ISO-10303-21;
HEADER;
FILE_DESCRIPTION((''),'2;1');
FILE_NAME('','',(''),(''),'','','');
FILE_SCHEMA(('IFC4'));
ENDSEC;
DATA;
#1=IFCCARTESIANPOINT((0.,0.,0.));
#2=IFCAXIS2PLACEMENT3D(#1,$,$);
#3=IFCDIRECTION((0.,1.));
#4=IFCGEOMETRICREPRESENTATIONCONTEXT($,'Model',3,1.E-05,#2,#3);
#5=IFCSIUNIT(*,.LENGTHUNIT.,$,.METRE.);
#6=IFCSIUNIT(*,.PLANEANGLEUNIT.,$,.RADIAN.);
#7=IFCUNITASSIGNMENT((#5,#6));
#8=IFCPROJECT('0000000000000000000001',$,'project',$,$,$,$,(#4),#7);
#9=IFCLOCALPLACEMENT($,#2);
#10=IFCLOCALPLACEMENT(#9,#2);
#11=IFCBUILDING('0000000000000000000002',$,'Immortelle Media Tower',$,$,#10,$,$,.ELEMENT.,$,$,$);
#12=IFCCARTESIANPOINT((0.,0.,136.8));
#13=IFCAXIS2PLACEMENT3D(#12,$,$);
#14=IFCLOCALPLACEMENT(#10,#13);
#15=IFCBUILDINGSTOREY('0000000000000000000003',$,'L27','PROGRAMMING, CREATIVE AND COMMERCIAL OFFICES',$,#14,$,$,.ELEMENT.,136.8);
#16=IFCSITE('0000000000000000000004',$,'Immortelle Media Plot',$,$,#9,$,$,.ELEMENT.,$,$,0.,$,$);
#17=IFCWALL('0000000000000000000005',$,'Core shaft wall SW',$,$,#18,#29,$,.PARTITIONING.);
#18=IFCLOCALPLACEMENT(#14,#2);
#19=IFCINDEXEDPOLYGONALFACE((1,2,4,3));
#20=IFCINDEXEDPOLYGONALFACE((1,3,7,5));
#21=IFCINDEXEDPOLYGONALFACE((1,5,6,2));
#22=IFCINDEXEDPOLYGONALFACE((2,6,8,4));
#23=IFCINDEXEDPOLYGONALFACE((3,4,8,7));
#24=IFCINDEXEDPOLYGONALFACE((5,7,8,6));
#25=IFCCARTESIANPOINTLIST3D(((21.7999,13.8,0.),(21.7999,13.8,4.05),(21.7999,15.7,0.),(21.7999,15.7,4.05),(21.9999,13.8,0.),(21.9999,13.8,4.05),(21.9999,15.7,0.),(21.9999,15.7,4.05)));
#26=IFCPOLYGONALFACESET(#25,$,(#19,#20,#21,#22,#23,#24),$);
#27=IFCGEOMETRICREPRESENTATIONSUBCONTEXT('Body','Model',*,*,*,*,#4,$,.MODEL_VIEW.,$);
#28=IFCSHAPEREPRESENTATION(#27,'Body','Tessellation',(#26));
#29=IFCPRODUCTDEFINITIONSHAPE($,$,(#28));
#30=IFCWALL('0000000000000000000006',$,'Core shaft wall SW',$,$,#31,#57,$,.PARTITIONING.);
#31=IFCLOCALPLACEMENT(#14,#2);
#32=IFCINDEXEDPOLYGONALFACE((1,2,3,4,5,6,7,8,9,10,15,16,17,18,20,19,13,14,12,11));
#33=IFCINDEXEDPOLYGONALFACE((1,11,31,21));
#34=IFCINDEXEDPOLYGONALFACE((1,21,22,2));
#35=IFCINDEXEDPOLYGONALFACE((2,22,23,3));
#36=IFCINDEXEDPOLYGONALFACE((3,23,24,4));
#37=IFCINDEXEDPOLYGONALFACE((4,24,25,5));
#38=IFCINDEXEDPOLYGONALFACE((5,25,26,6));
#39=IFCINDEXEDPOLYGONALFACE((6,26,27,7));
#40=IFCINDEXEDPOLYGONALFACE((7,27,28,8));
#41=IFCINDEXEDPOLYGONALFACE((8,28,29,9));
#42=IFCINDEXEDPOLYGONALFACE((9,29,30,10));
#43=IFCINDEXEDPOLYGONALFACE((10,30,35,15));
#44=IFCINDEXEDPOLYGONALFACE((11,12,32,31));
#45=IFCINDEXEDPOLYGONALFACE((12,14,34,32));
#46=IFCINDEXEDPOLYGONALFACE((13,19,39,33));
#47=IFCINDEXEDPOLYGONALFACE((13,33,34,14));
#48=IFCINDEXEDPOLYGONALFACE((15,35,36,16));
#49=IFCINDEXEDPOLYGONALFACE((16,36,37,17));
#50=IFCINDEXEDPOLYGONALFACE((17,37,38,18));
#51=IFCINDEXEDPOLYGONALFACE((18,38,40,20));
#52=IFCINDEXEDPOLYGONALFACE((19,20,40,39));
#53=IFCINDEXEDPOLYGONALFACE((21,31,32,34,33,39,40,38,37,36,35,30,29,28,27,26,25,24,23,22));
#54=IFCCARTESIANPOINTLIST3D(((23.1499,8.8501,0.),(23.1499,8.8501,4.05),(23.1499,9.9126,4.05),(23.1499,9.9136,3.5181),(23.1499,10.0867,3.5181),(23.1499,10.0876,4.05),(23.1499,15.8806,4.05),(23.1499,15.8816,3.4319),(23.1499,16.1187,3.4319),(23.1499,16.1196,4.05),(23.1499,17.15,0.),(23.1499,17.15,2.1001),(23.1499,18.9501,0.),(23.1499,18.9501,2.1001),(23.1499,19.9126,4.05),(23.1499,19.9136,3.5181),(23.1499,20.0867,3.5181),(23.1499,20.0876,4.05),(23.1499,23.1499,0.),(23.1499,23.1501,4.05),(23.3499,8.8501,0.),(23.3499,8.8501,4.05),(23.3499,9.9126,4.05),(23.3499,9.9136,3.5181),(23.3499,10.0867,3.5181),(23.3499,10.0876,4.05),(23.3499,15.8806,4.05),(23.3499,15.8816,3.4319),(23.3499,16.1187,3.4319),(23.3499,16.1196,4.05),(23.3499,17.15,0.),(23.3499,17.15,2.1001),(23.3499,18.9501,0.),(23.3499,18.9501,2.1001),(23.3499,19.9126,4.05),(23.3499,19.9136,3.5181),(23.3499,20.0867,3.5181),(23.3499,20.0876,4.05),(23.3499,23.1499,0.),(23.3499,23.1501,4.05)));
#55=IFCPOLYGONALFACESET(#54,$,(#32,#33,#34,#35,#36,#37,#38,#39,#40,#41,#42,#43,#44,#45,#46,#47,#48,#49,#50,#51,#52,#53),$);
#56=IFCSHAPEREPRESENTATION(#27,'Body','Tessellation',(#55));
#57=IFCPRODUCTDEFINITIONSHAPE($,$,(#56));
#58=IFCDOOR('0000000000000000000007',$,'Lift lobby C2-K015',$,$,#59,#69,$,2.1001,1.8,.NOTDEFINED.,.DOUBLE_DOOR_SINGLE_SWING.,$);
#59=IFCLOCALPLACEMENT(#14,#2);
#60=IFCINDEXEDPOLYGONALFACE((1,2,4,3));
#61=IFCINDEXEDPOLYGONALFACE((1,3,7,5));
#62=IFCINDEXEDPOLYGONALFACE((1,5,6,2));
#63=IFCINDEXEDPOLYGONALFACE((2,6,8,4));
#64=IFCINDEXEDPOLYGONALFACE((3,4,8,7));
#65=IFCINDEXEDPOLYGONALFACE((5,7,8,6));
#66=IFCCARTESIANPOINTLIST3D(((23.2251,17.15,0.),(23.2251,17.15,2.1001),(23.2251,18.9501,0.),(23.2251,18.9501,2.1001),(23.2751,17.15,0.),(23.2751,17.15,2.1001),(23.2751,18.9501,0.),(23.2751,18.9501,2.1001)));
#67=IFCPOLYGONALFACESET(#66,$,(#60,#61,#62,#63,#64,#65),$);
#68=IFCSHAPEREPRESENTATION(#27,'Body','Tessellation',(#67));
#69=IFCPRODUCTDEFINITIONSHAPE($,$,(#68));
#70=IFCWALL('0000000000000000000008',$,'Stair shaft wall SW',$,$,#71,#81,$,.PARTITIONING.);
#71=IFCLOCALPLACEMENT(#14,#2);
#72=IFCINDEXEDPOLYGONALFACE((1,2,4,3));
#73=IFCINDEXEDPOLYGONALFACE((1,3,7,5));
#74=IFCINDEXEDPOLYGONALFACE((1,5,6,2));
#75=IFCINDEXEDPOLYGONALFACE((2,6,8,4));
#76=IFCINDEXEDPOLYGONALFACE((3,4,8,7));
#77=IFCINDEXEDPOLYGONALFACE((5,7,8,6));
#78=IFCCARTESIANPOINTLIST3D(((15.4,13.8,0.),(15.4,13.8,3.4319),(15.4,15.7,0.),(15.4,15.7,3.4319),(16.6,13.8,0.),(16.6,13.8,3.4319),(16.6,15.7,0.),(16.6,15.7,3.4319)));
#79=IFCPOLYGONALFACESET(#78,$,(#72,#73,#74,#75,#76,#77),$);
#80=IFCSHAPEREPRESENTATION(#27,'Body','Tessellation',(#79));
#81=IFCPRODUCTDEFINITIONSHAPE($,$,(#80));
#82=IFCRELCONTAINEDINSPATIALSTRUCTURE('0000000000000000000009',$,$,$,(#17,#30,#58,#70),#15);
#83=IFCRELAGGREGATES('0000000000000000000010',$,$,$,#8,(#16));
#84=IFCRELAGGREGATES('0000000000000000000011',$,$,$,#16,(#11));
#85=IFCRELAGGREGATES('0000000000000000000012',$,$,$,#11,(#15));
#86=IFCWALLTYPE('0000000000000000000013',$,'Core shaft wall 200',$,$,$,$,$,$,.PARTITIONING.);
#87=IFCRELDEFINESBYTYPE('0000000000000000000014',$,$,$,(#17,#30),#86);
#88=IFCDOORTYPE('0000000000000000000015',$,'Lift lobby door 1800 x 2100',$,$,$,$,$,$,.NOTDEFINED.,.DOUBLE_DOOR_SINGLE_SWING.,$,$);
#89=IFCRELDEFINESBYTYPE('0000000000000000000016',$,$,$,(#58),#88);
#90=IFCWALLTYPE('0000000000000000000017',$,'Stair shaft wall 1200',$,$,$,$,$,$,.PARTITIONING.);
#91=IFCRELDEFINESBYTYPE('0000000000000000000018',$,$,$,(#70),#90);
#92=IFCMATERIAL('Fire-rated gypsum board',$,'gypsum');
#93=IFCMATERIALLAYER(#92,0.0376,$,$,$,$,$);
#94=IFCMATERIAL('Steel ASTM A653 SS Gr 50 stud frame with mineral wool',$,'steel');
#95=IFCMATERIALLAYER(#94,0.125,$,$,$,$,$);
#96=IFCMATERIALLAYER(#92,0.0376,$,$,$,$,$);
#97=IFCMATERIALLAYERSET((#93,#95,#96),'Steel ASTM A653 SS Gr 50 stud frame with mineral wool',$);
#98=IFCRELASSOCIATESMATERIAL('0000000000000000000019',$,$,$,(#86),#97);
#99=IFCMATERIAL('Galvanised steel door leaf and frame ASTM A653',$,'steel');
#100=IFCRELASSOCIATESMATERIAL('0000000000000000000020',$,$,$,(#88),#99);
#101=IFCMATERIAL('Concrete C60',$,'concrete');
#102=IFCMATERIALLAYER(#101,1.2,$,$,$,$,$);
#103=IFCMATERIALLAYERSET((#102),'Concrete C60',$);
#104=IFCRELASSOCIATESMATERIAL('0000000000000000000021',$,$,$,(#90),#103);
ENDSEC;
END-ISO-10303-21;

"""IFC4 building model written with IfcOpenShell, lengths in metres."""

from ifc_helpers import new_model, si_unit, direction, frame, frame_2d, origin, place, context, subcontext, project, spatial, polyline, rectangle, outline, extrude, material, layer, layer_set, type_object, element, fill, save


model = new_model("IFC4")

# Units and contexts
model_context = context("Model", 3, precision=1e-05, world=origin(), true_north=direction((0.0, 1.0)))
body_context = subcontext(model_context, "Body", "Model", "MODEL_VIEW")
ifc_project = project(units=[si_unit("LENGTHUNIT", "METRE"), si_unit("PLANEANGLEUNIT", "RADIAN")], contexts=[model_context])

# Site, building, storey
site_placement = place(None, origin())
site = spatial("IfcSite", under=ifc_project, at=site_placement, Name="Immortelle Media Plot", CompositionType="ELEMENT", RefElevation=0.0)
building_placement = place(site_placement, origin())
building = spatial("IfcBuilding", under=site, at=building_placement, Name="Immortelle Media Tower", CompositionType="ELEMENT")
storey_placement = place(building_placement, frame((0.0, 0.0, 136.8)))
storey = spatial("IfcBuildingStorey", under=building, at=storey_placement, Name="L27", Description="PROGRAMMING, CREATIVE AND COMMERCIAL OFFICES", CompositionType="ELEMENT", Elevation=136.8)

# Shared definitions
ifc_material_1 = material(Name="Galvanised steel door leaf and frame ASTM A653", Category="steel")

# Wall
ifc_material_2 = material(Name="Fire-rated gypsum board", Category="gypsum")
ifc_layer_1 = layer(ifc_material_2, 0.0376)
ifc_material_3 = material(Name="Steel ASTM A653 SS Gr 50 stud frame with mineral wool", Category="steel")
ifc_layer_2 = layer(ifc_material_3, 0.125)
ifc_layer_3 = layer(ifc_material_2, 0.0376)
ifc_layer_set_1 = layer_set([ifc_layer_1, ifc_layer_2, ifc_layer_3], Name="Steel ASTM A653 SS Gr 50 stud frame with mineral wool")
wall_type_1 = type_object("IfcWallType", Name="Core shaft wall 200", PredefinedType="PARTITIONING", material=ifc_layer_set_1)
wall_1_placement = place(storey_placement, frame((21.8999, 13.8, 0.0), z_axis=(0.0, 0.0, 1.0), x_axis=(0.0, 1.0, 0.0)))
element("IfcWall", 1, at=wall_1_placement, inside=storey, type_object=wall_type_1, Name="Core shaft wall SW", PredefinedType="PARTITIONING", context=body_context, shape_type="SweptSolid", body=[
    extrude(rectangle(XDim=1.8999, YDim=0.2, at=frame_2d((0.95, 0.0))), origin(), (0.0, 0.0, 1.0), 4.05),
])

# Wall, opening, door
wall_2_placement = place(storey_placement, frame((23.25, 8.8501, 0.0), z_axis=(0.0, 0.0, 1.0), x_axis=(0.0, 1.0, 0.0)))
wall_2 = element("IfcWall", 2, at=wall_2_placement, inside=storey, type_object=wall_type_1, Name="Core shaft wall SW", PredefinedType="PARTITIONING", context=body_context, shape_type="SweptSolid", body=[
    extrude(outline(polyline([(0.0, 0.0), (14.2998, 0.0), (14.3, 4.05), (11.2375, 4.05), (11.2366, 3.5181), (11.0635, 3.5181), (11.0625, 4.05), (7.2695, 4.05), (7.2686, 3.4319), (7.0315, 3.4319), (7.0305, 4.05), (1.2375, 4.05), (1.2366, 3.5181), (1.0635, 3.5181), (1.0625, 4.05), (0.0, 4.05), (0.0, 0.0)])), frame((0.0, 0.1001, 0.0), z_axis=(0.0, -1.0, 0.0), x_axis=(1.0, 0.0, 0.0)), (0.0, 0.0, 1.0), 0.2),
])
opening_1_placement = place(wall_2_placement, frame((8.3, 0.0, 0.0)))
opening_1 = element("IfcOpeningElement", 3, at=opening_1_placement, cuts=wall_2, PredefinedType="OPENING", context=body_context, shape_type="SweptSolid", body=[
    extrude(rectangle(XDim=1.8, YDim=2.1001, at=frame_2d((0.8999, 1.05))), frame((0.0, 0.1099, 0.0), z_axis=(0.0, -1.0, 0.0), x_axis=(1.0, 0.0, 0.0)), (0.0, 0.0, 1.0), 0.22),
])
door_type_1 = type_object("IfcDoorType", Name="Lift lobby door 1800 x 2100", OperationType="DOUBLE_DOOR_SINGLE_SWING", PredefinedType="NOTDEFINED", material=ifc_material_1)
door_1_placement = place(opening_1_placement, origin())
door_1 = element("IfcDoor", 4, at=door_1_placement, inside=storey, type_object=door_type_1, Name="Lift lobby C2-K015", OperationType="DOUBLE_DOOR_SINGLE_SWING", OverallHeight=2.1001, OverallWidth=1.8, PredefinedType="NOTDEFINED", context=body_context, shape_type="SweptSolid", body=[
    extrude(rectangle(XDim=1.8, YDim=2.1001, at=frame_2d((0.8999, 1.05))), frame((0.0, 0.0249, 0.0), z_axis=(0.0, -1.0, 0.0), x_axis=(1.0, 0.0, 0.0)), (0.0, 0.0, 1.0), 0.05),
])
fill(opening_1, door_1)

# Wall
ifc_material_4 = material(Name="Concrete C60", Category="concrete")
ifc_layer_4 = layer(ifc_material_4, 1.2)
ifc_layer_set_2 = layer_set([ifc_layer_4], Name="Concrete C60")
wall_type_2 = type_object("IfcWallType", Name="Stair shaft wall 1200", PredefinedType="PARTITIONING", material=ifc_layer_set_2)
wall_3_placement = place(storey_placement, frame((16.0, 13.8, 0.0), z_axis=(0.0, 0.0, 1.0), x_axis=(0.0, 1.0, 0.0)))
element("IfcWall", 5, at=wall_3_placement, inside=storey, type_object=wall_type_2, Name="Stair shaft wall SW", PredefinedType="PARTITIONING", context=body_context, shape_type="SweptSolid", body=[
    extrude(rectangle(XDim=1.8999, YDim=1.2, at=frame_2d((0.95, 0.0))), origin(), (0.0, 0.0, 1.0), 3.4319),
])

save(model, "model.ifc")
